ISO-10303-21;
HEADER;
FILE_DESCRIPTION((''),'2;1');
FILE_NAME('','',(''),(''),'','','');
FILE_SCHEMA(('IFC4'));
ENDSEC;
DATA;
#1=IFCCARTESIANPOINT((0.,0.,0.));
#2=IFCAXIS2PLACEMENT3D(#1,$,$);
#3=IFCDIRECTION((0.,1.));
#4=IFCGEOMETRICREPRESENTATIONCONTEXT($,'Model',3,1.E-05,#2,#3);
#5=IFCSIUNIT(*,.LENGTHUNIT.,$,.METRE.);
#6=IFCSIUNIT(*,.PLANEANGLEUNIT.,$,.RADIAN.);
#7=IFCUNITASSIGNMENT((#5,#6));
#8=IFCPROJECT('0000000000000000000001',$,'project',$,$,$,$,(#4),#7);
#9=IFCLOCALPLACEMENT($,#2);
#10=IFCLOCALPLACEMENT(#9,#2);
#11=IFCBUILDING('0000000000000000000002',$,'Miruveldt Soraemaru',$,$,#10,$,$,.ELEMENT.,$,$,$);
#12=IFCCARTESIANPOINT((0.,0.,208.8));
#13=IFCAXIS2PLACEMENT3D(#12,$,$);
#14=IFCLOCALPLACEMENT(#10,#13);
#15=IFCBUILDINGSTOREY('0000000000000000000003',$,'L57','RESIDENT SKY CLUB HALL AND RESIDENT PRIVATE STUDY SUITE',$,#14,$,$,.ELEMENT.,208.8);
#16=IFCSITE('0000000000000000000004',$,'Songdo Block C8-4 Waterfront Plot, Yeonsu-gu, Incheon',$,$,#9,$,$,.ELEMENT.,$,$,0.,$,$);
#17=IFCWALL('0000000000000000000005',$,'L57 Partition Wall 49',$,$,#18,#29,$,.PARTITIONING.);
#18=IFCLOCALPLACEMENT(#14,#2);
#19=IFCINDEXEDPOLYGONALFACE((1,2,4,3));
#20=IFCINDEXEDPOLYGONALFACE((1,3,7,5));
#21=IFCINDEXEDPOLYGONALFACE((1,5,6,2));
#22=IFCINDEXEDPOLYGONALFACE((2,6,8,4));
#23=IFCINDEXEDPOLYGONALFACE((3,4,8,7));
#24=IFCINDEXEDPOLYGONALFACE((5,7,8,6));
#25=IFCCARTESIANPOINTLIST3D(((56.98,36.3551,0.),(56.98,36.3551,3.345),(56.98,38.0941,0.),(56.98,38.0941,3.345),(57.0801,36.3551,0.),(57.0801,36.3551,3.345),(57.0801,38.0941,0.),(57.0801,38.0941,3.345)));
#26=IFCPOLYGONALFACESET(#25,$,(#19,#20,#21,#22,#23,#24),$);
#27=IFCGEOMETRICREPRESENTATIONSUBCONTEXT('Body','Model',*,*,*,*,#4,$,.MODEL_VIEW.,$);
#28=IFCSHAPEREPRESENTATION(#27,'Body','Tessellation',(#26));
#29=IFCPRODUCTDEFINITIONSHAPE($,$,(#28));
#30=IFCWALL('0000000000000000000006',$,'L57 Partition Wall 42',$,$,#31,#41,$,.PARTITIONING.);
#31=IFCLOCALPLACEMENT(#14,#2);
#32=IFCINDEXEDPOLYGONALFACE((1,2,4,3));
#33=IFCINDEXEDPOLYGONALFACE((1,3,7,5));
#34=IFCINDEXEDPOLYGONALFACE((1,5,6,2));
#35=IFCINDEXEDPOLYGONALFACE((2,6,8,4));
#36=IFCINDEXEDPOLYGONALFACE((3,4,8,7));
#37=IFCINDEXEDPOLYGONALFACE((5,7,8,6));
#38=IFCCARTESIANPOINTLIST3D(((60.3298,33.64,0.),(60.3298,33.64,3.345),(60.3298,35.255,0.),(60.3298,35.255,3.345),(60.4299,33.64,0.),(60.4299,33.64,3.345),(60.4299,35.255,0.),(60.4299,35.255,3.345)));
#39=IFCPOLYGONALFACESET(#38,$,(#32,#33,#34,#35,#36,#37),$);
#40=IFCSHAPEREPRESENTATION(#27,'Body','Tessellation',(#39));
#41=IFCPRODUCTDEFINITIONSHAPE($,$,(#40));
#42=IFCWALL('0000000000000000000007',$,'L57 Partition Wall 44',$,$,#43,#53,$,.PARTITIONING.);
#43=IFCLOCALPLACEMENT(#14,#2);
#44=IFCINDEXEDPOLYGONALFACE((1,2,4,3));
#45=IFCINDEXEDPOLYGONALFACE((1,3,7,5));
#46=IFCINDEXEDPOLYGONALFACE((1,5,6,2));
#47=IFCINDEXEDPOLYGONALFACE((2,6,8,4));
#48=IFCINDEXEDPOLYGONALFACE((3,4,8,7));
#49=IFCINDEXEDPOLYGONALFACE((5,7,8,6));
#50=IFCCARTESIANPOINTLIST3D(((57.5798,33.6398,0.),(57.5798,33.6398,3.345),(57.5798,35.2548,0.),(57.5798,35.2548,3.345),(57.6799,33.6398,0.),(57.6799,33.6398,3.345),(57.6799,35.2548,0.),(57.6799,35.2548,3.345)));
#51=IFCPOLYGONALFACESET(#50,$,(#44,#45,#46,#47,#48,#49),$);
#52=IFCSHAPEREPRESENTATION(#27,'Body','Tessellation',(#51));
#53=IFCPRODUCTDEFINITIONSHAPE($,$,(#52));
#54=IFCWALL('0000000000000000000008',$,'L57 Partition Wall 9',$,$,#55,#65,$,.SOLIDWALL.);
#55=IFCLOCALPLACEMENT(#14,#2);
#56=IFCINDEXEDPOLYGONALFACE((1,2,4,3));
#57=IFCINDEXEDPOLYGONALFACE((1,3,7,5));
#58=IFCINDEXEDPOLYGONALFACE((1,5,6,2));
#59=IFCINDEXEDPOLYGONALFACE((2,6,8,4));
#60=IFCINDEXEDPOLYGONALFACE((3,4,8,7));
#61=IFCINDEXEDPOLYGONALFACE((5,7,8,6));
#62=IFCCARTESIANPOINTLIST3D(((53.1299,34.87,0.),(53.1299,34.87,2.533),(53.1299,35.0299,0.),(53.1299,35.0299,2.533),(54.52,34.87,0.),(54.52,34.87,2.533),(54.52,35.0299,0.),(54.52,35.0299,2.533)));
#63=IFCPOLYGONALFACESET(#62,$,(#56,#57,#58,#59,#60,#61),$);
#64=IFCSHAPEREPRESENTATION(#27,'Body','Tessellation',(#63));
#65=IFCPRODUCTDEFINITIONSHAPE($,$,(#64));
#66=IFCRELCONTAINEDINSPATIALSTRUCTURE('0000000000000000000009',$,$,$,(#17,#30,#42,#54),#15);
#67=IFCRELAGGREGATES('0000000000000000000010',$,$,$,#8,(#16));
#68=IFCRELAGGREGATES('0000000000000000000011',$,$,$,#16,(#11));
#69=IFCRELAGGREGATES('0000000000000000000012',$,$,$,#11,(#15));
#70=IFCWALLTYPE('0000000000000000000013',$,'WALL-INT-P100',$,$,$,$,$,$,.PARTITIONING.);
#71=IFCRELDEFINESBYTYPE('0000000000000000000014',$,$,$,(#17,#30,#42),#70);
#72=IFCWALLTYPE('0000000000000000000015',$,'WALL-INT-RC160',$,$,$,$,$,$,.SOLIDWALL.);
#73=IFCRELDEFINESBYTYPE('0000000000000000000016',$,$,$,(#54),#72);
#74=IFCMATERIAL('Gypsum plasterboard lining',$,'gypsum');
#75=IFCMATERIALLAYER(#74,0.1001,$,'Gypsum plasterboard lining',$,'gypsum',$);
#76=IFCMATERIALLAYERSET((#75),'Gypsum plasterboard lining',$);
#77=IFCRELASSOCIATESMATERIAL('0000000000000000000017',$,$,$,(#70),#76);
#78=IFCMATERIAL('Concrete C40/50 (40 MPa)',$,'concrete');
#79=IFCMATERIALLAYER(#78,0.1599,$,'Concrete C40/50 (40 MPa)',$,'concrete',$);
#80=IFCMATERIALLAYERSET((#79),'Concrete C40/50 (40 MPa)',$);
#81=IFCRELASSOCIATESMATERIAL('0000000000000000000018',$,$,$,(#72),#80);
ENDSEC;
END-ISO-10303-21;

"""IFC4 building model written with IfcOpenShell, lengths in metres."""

from ifc_helpers import new_model, si_unit, direction, frame, frame_2d, origin, place, context, subcontext, project, spatial, rectangle, extrude, material, layer, layer_set, type_object, element, save


model = new_model("IFC4")

# Units and contexts
model_context = context("Model", 3, precision=1e-05, world=origin(), true_north=direction((0.0, 1.0)))
body_context = subcontext(model_context, "Body", "Model", "MODEL_VIEW")
ifc_project = project(units=[si_unit("LENGTHUNIT", "METRE"), si_unit("PLANEANGLEUNIT", "RADIAN")], contexts=[model_context])

# Site, building, storey
site_placement = place(None, origin())
site = spatial("IfcSite", under=ifc_project, at=site_placement, Name="Songdo Block C8-4 Waterfront Plot, Yeonsu-gu, Incheon", CompositionType="ELEMENT", RefElevation=0.0)
building_placement = place(site_placement, origin())
building = spatial("IfcBuilding", under=site, at=building_placement, Name="Miruveldt Soraemaru", CompositionType="ELEMENT")
storey_placement = place(building_placement, frame((0.0, 0.0, 208.8)))
storey = spatial("IfcBuildingStorey", under=building, at=storey_placement, Name="L57", Description="RESIDENT SKY CLUB HALL AND RESIDENT PRIVATE STUDY SUITE", CompositionType="ELEMENT", Elevation=208.8)

# Walls
ifc_material_1 = material(Name="Gypsum plasterboard lining", Category="gypsum")
ifc_layer_1 = layer(ifc_material_1, 0.1001, Name="Gypsum plasterboard lining", Category="gypsum")
ifc_layer_set_1 = layer_set([ifc_layer_1], Name="Gypsum plasterboard lining")
wall_type_1 = type_object("IfcWallType", Name="WALL-INT-P100", PredefinedType="PARTITIONING", material=ifc_layer_set_1)
for number, where, z_axis, x_axis, name in (
    (1, (57.03, 36.355, 0.0), (0.0, 0.0, 1.0), (0.0, 1.0, 0.0), "L57 Partition Wall 49"),
):
    element("IfcWall", number, at=place(storey_placement, frame(where, z_axis=z_axis, x_axis=x_axis)), inside=storey, type_object=wall_type_1, Name=name, PredefinedType="PARTITIONING", context=body_context, shape_type="SweptSolid", body=[
        extrude(rectangle(XDim=1.739, YDim=0.1001, at=frame_2d((0.8696, 0.0))), origin(), (0.0, 0.0, 1.0), 3.345),
    ])
for number, where, z_axis, x_axis, name in (
    (2, (60.3799, 33.6399, 0.0), (0.0, 0.0, 1.0), (0.0, 1.0, 0.0), "L57 Partition Wall 42"),
    (3, (57.6299, 35.2549, 0.0), (0.0, 0.0, 1.0), (0.0, -1.0, 0.0), "L57 Partition Wall 44"),
):
    element("IfcWall", number, at=place(storey_placement, frame(where, z_axis=z_axis, x_axis=x_axis)), inside=storey, type_object=wall_type_1, Name=name, PredefinedType="PARTITIONING", context=body_context, shape_type="SweptSolid", body=[
        extrude(rectangle(XDim=1.615, YDim=0.1001, at=frame_2d((0.8076, 0.0))), origin(), (0.0, 0.0, 1.0), 3.345),
    ])
ifc_material_2 = material(Name="Concrete C40/50 (40 MPa)", Category="concrete")
ifc_layer_2 = layer(ifc_material_2, 0.1599, Name="Concrete C40/50 (40 MPa)", Category="concrete")
ifc_layer_set_2 = layer_set([ifc_layer_2], Name="Concrete C40/50 (40 MPa)")
wall_type_2 = type_object("IfcWallType", Name="WALL-INT-RC160", PredefinedType="SOLIDWALL", material=ifc_layer_set_2)
wall_1_placement = place(storey_placement, frame((54.52, 34.95, 0.0), z_axis=(0.0, 0.0, 1.0), x_axis=(-1.0, 0.0, 0.0)))
element("IfcWall", 4, at=wall_1_placement, inside=storey, type_object=wall_type_2, Name="L57 Partition Wall 9", PredefinedType="SOLIDWALL", context=body_context, shape_type="SweptSolid", body=[
    extrude(rectangle(XDim=1.3901, YDim=0.1599, at=frame_2d((0.6951, 0.0))), origin(), (0.0, 0.0, 1.0), 2.533),
])

save(model, "model.ifc")
